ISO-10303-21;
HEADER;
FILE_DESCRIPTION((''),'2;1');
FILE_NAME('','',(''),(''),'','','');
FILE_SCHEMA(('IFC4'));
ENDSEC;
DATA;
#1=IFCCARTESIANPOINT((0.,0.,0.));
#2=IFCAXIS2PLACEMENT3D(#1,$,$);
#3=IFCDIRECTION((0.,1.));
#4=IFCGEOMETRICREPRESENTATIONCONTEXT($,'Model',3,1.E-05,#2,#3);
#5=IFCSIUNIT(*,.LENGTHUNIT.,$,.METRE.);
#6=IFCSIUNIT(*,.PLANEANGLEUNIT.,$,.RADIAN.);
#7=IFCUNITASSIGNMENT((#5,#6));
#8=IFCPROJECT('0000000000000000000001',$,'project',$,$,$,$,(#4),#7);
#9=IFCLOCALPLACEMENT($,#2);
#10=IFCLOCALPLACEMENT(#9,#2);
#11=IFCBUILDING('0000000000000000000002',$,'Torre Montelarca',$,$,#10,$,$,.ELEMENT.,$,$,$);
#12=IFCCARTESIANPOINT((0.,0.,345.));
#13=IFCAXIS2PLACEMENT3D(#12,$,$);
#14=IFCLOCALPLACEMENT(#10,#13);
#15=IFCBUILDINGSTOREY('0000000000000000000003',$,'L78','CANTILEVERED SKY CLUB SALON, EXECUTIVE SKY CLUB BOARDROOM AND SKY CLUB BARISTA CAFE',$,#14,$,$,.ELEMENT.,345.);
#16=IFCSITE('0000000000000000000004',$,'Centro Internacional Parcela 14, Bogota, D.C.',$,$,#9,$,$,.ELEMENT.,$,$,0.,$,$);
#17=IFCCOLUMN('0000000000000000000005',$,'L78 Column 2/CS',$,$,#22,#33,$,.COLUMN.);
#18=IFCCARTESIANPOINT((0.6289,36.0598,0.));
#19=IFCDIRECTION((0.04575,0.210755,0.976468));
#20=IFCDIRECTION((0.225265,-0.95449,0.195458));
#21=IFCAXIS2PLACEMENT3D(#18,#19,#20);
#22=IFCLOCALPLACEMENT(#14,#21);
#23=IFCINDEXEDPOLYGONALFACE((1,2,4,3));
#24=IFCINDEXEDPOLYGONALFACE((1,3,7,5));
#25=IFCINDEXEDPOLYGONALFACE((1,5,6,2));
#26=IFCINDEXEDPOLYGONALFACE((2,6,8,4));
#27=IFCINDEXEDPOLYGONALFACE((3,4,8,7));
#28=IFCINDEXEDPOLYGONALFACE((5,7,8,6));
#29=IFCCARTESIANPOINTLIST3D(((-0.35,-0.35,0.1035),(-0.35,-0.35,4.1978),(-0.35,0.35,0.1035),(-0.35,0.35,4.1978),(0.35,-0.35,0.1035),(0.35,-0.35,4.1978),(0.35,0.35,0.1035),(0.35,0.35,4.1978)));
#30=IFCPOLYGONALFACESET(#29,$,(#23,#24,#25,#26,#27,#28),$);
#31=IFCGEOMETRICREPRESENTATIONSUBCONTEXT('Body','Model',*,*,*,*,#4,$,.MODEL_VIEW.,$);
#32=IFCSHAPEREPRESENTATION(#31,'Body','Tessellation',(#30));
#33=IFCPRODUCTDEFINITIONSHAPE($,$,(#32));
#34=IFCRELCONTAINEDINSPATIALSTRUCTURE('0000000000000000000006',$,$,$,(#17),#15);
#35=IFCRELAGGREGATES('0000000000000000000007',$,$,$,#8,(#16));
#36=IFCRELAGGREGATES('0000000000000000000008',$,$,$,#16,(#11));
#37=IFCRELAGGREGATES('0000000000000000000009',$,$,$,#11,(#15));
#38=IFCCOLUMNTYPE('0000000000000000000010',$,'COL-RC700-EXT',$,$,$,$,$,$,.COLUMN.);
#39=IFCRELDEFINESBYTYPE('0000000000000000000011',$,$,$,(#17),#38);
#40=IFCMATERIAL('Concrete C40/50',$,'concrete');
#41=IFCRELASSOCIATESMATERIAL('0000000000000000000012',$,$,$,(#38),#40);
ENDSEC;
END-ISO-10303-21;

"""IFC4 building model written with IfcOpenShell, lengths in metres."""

from ifc_helpers import new_model, si_unit, direction, frame, origin, origin_2d, place, context, subcontext, project, spatial, rectangle, extrude, clip, halfspace, material, material_profile, profile_set, type_object, element, save


model = new_model("IFC4")

# Units and contexts
model_context = context("Model", 3, precision=1e-05, world=origin(), true_north=direction((0.0, 1.0)))
body_context = subcontext(model_context, "Body", "Model", "MODEL_VIEW")
ifc_project = project(units=[si_unit("LENGTHUNIT", "METRE"), si_unit("PLANEANGLEUNIT", "RADIAN")], contexts=[model_context])

# Site, building, storey
site_placement = place(None, origin())
site = spatial("IfcSite", under=ifc_project, at=site_placement, Name="Centro Internacional Parcela 14, Bogota, D.C.", CompositionType="ELEMENT", RefElevation=0.0)
building_placement = place(site_placement, origin())
building = spatial("IfcBuilding", under=site, at=building_placement, Name="Torre Montelarca", CompositionType="ELEMENT")
storey_placement = place(building_placement, frame((0.0, 0.0, 345.0)))
storey = spatial("IfcBuildingStorey", under=building, at=storey_placement, Name="L78", Description="CANTILEVERED SKY CLUB SALON, EXECUTIVE SKY CLUB BOARDROOM AND SKY CLUB BARISTA CAFE", CompositionType="ELEMENT", Elevation=345.0)

# Column
ifc_material_1 = material(Name="Concrete C40/50", Category="concrete")
ifc_material_profile_1 = material_profile(ifc_material_1, rectangle(XDim=0.7, YDim=0.7, at=origin_2d()), Name="RC700X700", Category="concrete")
ifc_profile_set_1 = profile_set([ifc_material_profile_1], Name="Concrete C40/50")
column_type_1 = type_object("IfcColumnType", Name="COL-RC700-EXT", PredefinedType="COLUMN", material=ifc_profile_set_1)
column_1_placement = place(storey_placement, frame((0.6289, 36.0598, 0.0), z_axis=(0.04575, 0.210755, 0.976468), x_axis=(0.225265, -0.95449, 0.195458)))
element("IfcColumn", 1, at=column_1_placement, inside=storey, type_object=column_type_1, Name="L78 Column 2/CS", PredefinedType="COLUMN", context=body_context, shape_type="Clipping", body=[
    clip(clip(extrude(rectangle(XDim=0.7, YDim=0.7, at=origin_2d()), origin(), (0.0, 0.0, 1.0), 4.3013), halfspace(frame((0.0, 0.0, 0.1035), z_axis=(0.0, 0.0, -1.0), x_axis=(1.0, 0.0, 0.0)), False)), halfspace(frame((0.0, 0.0, 4.1978), z_axis=(0.0, 0.0, 1.0), x_axis=(1.0, 0.0, 0.0)), False)),
])

save(model, "model.ifc")
